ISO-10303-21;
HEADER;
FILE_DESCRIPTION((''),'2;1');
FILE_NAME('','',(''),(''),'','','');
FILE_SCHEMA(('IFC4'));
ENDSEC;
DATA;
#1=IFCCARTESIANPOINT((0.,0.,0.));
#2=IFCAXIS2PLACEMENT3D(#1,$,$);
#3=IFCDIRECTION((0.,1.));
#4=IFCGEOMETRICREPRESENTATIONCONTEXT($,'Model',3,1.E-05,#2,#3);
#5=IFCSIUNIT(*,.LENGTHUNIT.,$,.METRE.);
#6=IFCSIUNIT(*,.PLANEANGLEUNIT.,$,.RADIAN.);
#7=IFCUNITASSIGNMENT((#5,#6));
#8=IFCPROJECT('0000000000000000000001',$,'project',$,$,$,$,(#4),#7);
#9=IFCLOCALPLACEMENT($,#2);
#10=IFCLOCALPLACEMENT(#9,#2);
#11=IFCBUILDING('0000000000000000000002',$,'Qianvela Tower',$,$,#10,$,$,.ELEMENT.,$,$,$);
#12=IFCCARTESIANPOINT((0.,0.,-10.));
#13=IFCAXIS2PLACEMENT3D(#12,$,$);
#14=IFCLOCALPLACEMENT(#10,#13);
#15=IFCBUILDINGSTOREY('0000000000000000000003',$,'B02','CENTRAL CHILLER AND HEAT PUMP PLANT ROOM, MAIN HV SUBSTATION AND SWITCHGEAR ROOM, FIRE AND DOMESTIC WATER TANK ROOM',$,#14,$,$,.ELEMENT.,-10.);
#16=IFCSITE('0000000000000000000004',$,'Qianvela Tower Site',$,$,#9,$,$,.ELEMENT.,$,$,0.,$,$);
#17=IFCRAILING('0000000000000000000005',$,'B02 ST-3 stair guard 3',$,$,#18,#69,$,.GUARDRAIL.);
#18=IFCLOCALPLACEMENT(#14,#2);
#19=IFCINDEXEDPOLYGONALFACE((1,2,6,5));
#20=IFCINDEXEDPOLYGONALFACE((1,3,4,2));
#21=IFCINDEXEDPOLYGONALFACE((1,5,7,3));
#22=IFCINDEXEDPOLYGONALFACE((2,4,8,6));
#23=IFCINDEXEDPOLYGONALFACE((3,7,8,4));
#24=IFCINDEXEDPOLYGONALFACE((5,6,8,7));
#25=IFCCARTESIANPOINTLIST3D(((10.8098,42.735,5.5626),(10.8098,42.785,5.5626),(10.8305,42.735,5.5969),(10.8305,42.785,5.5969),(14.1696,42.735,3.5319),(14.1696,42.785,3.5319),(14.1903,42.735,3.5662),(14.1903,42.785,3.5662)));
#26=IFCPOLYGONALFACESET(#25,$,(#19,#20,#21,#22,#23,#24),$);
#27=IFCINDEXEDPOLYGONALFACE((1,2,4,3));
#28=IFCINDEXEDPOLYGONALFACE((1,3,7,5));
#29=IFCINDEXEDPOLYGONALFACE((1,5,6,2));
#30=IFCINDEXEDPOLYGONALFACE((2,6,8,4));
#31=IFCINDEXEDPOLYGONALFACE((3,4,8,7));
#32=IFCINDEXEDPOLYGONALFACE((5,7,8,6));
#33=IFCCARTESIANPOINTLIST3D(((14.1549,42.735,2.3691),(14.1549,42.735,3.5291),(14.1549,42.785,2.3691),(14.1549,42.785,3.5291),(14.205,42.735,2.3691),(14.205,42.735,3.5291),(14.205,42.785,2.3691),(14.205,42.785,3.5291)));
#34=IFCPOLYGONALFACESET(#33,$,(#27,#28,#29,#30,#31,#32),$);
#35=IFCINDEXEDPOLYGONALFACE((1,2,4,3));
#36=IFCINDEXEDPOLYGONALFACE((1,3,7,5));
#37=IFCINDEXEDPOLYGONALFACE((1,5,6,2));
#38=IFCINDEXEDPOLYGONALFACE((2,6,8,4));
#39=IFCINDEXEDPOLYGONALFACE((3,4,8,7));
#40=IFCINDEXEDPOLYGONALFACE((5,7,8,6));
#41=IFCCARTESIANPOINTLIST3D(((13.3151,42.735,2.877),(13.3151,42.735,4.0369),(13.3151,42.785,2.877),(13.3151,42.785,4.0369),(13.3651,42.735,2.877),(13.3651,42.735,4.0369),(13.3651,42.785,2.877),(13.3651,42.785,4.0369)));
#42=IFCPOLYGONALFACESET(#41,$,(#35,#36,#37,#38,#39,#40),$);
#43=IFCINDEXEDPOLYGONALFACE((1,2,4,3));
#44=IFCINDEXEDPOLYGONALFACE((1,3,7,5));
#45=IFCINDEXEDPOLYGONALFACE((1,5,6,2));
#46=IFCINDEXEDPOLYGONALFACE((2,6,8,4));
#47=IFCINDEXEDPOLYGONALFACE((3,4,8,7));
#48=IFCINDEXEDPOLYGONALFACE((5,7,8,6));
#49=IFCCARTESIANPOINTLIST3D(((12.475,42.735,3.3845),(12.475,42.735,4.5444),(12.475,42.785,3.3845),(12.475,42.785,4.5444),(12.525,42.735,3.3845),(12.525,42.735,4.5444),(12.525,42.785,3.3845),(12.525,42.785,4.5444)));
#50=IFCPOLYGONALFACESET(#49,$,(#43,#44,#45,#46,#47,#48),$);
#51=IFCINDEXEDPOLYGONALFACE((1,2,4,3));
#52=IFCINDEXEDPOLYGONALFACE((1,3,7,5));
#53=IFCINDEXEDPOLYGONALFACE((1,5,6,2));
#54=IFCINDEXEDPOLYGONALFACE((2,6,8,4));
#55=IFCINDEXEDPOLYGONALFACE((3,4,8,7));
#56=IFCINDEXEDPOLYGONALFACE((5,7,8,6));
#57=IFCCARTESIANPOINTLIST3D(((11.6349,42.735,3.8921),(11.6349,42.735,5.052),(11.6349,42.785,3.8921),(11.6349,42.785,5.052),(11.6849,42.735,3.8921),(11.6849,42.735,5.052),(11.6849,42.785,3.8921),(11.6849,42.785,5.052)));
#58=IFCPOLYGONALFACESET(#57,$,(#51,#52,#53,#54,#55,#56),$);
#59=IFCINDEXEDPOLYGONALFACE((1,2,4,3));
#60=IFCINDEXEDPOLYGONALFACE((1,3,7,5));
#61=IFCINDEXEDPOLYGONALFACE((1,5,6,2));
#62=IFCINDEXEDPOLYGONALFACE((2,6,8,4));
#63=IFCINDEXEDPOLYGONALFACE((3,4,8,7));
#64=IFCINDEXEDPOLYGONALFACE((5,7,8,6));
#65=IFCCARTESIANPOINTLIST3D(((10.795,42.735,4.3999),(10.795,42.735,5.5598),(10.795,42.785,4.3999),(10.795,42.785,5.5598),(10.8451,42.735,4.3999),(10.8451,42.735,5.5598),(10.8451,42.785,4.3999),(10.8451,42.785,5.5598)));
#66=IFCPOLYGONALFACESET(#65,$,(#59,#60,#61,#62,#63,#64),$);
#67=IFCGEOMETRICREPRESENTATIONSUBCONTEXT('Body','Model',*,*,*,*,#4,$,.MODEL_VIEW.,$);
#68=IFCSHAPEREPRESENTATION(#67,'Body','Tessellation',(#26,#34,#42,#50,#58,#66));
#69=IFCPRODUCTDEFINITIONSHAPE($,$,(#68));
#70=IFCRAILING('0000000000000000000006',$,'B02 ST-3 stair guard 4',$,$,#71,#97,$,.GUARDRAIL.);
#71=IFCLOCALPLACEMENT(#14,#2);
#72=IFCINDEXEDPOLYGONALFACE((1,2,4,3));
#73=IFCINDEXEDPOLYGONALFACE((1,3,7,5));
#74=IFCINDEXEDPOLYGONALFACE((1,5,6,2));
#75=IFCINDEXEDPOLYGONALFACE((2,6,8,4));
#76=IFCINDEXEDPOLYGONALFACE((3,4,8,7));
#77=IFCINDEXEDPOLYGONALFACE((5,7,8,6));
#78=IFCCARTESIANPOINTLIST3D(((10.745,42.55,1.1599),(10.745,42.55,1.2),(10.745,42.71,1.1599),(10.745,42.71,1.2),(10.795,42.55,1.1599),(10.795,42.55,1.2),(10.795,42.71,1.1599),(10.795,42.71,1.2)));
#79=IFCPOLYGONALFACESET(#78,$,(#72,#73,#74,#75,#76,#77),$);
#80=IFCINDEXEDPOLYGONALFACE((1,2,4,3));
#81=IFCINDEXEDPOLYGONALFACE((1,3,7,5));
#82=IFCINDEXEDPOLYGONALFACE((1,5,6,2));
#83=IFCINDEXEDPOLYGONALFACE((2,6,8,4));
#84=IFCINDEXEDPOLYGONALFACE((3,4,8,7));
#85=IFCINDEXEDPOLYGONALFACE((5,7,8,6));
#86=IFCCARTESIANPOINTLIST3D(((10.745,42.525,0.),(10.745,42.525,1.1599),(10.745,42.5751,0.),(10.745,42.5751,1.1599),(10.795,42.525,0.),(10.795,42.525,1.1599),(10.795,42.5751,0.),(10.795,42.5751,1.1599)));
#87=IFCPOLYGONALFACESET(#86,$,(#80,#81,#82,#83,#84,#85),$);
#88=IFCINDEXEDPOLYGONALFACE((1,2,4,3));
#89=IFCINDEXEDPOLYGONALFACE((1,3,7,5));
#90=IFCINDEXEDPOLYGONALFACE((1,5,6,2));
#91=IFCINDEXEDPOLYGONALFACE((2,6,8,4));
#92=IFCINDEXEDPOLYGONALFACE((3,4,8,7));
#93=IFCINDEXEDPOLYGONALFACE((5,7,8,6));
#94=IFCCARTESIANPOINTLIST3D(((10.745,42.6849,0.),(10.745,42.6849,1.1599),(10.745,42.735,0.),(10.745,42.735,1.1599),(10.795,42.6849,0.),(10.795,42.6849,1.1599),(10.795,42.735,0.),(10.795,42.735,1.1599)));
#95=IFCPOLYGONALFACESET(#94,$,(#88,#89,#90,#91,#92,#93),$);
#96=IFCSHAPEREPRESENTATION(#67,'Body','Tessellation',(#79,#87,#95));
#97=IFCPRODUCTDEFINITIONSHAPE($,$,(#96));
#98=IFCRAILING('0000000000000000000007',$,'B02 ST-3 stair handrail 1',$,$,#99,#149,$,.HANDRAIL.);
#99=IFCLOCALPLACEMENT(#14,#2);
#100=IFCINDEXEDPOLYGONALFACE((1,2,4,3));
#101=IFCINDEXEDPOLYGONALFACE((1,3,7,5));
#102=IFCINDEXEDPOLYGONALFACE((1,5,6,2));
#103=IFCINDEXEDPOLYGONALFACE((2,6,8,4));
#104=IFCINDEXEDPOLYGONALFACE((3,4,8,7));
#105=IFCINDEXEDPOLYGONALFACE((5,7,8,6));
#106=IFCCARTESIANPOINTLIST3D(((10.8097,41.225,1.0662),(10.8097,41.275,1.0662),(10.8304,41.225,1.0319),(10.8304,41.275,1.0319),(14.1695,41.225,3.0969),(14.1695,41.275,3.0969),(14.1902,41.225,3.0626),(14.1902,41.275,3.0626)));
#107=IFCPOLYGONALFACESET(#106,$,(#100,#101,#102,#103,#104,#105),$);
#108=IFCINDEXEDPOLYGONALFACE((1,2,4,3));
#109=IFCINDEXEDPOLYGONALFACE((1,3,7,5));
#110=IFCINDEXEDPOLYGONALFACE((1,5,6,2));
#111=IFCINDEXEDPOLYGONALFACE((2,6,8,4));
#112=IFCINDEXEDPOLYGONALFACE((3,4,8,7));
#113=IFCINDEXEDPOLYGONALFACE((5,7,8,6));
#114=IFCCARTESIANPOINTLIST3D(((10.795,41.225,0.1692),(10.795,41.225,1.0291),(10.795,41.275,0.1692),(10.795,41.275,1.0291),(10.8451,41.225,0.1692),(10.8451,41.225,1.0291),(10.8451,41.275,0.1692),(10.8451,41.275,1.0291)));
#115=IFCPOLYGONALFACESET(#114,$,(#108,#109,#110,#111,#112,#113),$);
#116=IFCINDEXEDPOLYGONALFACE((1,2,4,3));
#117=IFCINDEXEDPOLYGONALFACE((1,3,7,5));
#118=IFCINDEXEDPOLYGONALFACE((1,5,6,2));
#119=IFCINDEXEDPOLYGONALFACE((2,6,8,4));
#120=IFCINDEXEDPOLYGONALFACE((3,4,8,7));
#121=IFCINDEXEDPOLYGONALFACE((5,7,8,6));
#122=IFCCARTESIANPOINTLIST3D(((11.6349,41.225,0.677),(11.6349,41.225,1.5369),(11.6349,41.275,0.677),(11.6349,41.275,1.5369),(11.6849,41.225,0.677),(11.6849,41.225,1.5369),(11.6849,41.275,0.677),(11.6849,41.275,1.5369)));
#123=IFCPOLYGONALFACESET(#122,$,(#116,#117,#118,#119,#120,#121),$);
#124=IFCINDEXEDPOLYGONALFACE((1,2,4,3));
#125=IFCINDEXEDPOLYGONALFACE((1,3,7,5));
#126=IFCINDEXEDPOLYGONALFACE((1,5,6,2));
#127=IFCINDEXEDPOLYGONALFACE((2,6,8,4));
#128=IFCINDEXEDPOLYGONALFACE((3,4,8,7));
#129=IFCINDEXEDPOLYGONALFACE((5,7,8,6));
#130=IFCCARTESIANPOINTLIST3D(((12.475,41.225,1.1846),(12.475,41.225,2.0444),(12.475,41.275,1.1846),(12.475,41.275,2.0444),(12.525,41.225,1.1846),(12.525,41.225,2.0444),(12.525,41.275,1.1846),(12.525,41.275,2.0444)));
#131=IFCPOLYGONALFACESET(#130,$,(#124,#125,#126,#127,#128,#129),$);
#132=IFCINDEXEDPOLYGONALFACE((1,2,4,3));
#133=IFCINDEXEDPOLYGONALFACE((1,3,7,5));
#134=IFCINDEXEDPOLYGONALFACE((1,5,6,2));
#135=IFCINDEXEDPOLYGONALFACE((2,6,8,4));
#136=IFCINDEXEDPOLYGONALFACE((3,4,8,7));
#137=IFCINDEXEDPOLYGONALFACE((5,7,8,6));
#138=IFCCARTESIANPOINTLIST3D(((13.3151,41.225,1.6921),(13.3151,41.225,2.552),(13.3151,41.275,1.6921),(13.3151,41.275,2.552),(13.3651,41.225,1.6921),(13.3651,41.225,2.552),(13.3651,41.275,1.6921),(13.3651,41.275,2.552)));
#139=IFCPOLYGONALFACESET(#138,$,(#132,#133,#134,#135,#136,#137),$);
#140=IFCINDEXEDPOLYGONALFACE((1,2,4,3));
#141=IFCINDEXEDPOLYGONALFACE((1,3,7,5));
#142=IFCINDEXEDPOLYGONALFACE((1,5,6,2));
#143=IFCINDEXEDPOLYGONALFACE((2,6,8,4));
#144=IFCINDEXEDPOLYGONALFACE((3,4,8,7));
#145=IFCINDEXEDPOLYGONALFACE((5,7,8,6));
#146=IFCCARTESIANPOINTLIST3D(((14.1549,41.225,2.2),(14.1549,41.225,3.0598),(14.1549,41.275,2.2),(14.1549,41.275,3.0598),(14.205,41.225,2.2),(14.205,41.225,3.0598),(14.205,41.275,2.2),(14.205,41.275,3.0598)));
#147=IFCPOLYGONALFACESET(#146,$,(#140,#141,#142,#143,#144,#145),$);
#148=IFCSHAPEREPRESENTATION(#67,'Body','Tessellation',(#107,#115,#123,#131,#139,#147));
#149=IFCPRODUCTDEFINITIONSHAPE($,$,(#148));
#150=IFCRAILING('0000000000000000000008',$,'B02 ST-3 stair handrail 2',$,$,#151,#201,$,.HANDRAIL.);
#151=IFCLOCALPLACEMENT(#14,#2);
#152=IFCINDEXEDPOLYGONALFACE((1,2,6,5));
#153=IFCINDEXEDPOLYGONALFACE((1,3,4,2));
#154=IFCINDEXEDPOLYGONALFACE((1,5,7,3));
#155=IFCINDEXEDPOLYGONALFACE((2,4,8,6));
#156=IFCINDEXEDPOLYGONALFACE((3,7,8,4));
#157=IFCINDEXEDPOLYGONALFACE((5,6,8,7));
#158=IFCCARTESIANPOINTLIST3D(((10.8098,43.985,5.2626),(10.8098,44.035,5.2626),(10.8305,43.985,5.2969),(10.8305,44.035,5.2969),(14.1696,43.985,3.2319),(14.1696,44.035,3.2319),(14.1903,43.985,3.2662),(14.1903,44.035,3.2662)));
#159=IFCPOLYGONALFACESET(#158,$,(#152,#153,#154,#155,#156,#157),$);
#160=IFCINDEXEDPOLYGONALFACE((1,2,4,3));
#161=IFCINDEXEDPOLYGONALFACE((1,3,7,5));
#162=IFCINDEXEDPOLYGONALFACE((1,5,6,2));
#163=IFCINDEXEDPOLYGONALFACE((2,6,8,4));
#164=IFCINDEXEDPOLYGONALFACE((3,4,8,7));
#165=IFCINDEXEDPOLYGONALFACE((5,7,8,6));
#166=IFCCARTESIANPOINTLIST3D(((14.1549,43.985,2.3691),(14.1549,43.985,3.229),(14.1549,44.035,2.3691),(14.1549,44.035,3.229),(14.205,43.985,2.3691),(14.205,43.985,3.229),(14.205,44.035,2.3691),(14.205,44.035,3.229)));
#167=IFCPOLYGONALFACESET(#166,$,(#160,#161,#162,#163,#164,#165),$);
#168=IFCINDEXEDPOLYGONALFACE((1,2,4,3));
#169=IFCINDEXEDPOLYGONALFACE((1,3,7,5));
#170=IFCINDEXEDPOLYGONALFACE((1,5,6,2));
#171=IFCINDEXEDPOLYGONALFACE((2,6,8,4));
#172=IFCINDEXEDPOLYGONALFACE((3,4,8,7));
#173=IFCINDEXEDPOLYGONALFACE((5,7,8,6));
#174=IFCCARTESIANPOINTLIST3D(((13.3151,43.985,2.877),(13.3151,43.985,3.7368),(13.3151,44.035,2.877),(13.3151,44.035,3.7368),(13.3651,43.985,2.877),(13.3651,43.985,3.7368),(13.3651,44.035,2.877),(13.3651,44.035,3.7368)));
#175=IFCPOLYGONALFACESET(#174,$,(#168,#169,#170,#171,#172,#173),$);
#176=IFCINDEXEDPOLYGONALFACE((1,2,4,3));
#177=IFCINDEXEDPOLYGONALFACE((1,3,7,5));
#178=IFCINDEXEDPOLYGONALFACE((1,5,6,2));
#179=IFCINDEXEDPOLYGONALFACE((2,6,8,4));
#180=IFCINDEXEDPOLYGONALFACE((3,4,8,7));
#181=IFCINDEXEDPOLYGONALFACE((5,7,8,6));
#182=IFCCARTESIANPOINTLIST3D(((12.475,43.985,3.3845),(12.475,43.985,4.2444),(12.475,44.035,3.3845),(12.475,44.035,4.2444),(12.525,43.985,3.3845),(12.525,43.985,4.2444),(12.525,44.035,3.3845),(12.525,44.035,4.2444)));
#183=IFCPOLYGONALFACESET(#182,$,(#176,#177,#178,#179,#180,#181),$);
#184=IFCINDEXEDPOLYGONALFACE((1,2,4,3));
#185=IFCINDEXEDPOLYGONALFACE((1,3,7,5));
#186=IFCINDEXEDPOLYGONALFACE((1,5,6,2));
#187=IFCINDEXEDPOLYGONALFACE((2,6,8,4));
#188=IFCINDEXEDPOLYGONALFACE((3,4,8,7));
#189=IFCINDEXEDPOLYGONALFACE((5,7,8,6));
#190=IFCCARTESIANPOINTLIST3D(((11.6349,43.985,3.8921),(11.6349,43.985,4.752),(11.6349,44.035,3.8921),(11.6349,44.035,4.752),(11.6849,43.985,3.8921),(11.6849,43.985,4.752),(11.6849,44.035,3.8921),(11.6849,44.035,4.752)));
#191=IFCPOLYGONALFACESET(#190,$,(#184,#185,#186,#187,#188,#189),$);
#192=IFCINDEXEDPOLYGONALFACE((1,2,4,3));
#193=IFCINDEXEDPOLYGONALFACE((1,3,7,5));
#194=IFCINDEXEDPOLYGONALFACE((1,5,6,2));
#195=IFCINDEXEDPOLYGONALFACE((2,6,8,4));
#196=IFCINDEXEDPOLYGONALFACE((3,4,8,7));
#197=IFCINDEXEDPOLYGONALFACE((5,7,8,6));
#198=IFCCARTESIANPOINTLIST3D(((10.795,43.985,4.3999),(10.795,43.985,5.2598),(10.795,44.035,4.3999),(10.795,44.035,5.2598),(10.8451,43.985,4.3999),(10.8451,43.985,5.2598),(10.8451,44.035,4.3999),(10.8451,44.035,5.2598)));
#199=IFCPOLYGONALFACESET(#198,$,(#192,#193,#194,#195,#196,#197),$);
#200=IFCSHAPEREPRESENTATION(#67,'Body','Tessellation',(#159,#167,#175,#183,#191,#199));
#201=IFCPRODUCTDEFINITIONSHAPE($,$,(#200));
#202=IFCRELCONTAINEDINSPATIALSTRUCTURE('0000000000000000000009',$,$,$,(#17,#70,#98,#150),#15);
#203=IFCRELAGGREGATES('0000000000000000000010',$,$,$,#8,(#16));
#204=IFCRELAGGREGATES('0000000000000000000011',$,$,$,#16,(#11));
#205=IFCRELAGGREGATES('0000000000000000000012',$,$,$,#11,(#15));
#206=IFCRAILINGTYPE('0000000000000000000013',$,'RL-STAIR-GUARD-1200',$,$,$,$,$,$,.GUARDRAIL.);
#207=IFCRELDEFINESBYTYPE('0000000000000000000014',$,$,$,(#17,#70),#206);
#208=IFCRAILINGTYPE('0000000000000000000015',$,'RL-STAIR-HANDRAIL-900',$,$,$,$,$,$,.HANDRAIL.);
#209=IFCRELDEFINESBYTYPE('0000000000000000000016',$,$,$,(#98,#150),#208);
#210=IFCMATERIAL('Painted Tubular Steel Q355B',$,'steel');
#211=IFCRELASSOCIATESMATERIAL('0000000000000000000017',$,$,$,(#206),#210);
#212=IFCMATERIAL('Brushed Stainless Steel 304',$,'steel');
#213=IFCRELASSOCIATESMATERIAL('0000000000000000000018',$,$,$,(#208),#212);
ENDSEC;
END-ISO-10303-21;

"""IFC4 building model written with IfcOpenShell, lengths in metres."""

from ifc_helpers import new_model, si_unit, direction, frame, origin, origin_2d, place, context, subcontext, project, spatial, rectangle, extrude, material, type_object, element, save


model = new_model("IFC4")

# Units and contexts
model_context = context("Model", 3, precision=1e-05, world=origin(), true_north=direction((0.0, 1.0)))
body_context = subcontext(model_context, "Body", "Model", "MODEL_VIEW")
ifc_project = project(units=[si_unit("LENGTHUNIT", "METRE"), si_unit("PLANEANGLEUNIT", "RADIAN")], contexts=[model_context])

# Site, building, storey
site_placement = place(None, origin())
site = spatial("IfcSite", under=ifc_project, at=site_placement, Name="Qianvela Tower Site", CompositionType="ELEMENT", RefElevation=0.0)
building_placement = place(site_placement, origin())
building = spatial("IfcBuilding", under=site, at=building_placement, Name="Qianvela Tower", CompositionType="ELEMENT")
storey_placement = place(building_placement, frame((0.0, 0.0, -10.0)))
storey = spatial("IfcBuildingStorey", under=building, at=storey_placement, Name="B02", Description="CENTRAL CHILLER AND HEAT PUMP PLANT ROOM, MAIN HV SUBSTATION AND SWITCHGEAR ROOM, FIRE AND DOMESTIC WATER TANK ROOM", CompositionType="ELEMENT", Elevation=-10.0)

# Railings
ifc_material_1 = material(Name="Painted Tubular Steel Q355B", Category="steel")
railing_type_1 = type_object("IfcRailingType", Name="RL-STAIR-GUARD-1200", PredefinedType="GUARDRAIL", material=ifc_material_1)
railing_1_placement = place(storey_placement, frame((14.1799, 42.76, 2.3691)))
element("IfcRailing", 1, at=railing_1_placement, inside=storey, type_object=railing_type_1, Name="B02 ST-3 stair guard 3", PredefinedType="GUARDRAIL", context=body_context, shape_type="SweptSolid", body=[
    extrude(rectangle(XDim=0.05, YDim=0.04, at=origin_2d()), frame((0.0, 0.0, 1.1799), z_axis=(-0.85582, 0.0, 0.517273), x_axis=(0.0, -1.0, 0.0)), (0.0, 0.0, 1.0), 3.9258),
    extrude(rectangle(XDim=0.05, YDim=0.05, at=origin_2d()), origin(), (0.0, 0.0, 1.0), 1.1599),
    extrude(rectangle(XDim=0.05, YDim=0.05, at=origin_2d()), frame((-0.8398, 0.0, 0.5078)), (0.0, 0.0, 1.0), 1.1599),
    extrude(rectangle(XDim=0.05, YDim=0.05, at=origin_2d()), frame((-1.6799, 0.0, 1.0154)), (0.0, 0.0, 1.0), 1.1599),
    extrude(rectangle(XDim=0.05, YDim=0.05, at=origin_2d()), frame((-2.52, 0.0, 1.5229)), (0.0, 0.0, 1.0), 1.1599),
    extrude(rectangle(XDim=0.05, YDim=0.05, at=origin_2d()), frame((-3.3599, 0.0, 2.0308)), (0.0, 0.0, 1.0), 1.1599),
])
railing_2_placement = place(storey_placement, frame((10.77, 42.55, 0.0)))
element("IfcRailing", 2, at=railing_2_placement, inside=storey, type_object=railing_type_1, Name="B02 ST-3 stair guard 4", PredefinedType="GUARDRAIL", context=body_context, shape_type="SweptSolid", body=[
    extrude(rectangle(XDim=0.05, YDim=0.04, at=origin_2d()), frame((0.0, 0.0, 1.1799), z_axis=(0.0, 1.0, 0.0), x_axis=(-1.0, 0.0, 0.0)), (0.0, 0.0, 1.0), 0.1599),
    extrude(rectangle(XDim=0.05, YDim=0.05, at=origin_2d()), origin(), (0.0, 0.0, 1.0), 1.1599),
    extrude(rectangle(XDim=0.05, YDim=0.05, at=origin_2d()), frame((0.0, 0.1599, 0.0)), (0.0, 0.0, 1.0), 1.1599),
])
ifc_material_2 = material(Name="Brushed Stainless Steel 304", Category="steel")
railing_type_2 = type_object("IfcRailingType", Name="RL-STAIR-HANDRAIL-900", PredefinedType="HANDRAIL", material=ifc_material_2)
railing_3_placement = place(storey_placement, frame((10.8201, 41.25, 0.1692)))
element("IfcRailing", 3, at=railing_3_placement, inside=storey, type_object=railing_type_2, Name="B02 ST-3 stair handrail 1", PredefinedType="HANDRAIL", context=body_context, shape_type="SweptSolid", body=[
    extrude(rectangle(XDim=0.05, YDim=0.04, at=origin_2d()), frame((0.0, 0.0, 0.8799), z_axis=(0.85582, 0.0, 0.517273), x_axis=(0.0, 1.0, 0.0)), (0.0, 0.0, 1.0), 3.9258),
    extrude(rectangle(XDim=0.05, YDim=0.05, at=origin_2d()), origin(), (0.0, 0.0, 1.0), 0.8599),
    extrude(rectangle(XDim=0.05, YDim=0.05, at=origin_2d()), frame((0.8398, 0.0, 0.5078)), (0.0, 0.0, 1.0), 0.8599),
    extrude(rectangle(XDim=0.05, YDim=0.05, at=origin_2d()), frame((1.6799, 0.0, 1.0154)), (0.0, 0.0, 1.0), 0.8599),
    extrude(rectangle(XDim=0.05, YDim=0.05, at=origin_2d()), frame((2.52, 0.0, 1.5229)), (0.0, 0.0, 1.0), 0.8599),
    extrude(rectangle(XDim=0.05, YDim=0.05, at=origin_2d()), frame((3.3599, 0.0, 2.0308)), (0.0, 0.0, 1.0), 0.8599),
])
railing_4_placement = place(storey_placement, frame((14.1799, 44.01, 2.3691)))
element("IfcRailing", 4, at=railing_4_placement, inside=storey, type_object=railing_type_2, Name="B02 ST-3 stair handrail 2", PredefinedType="HANDRAIL", context=body_context, shape_type="SweptSolid", body=[
    extrude(rectangle(XDim=0.05, YDim=0.04, at=origin_2d()), frame((0.0, 0.0, 0.8799), z_axis=(-0.85582, 0.0, 0.517273), x_axis=(0.0, -1.0, 0.0)), (0.0, 0.0, 1.0), 3.9258),
    extrude(rectangle(XDim=0.05, YDim=0.05, at=origin_2d()), origin(), (0.0, 0.0, 1.0), 0.8599),
    extrude(rectangle(XDim=0.05, YDim=0.05, at=origin_2d()), frame((-0.8398, 0.0, 0.5078)), (0.0, 0.0, 1.0), 0.8599),
    extrude(rectangle(XDim=0.05, YDim=0.05, at=origin_2d()), frame((-1.6799, 0.0, 1.0154)), (0.0, 0.0, 1.0), 0.8599),
    extrude(rectangle(XDim=0.05, YDim=0.05, at=origin_2d()), frame((-2.52, 0.0, 1.5229)), (0.0, 0.0, 1.0), 0.8599),
    extrude(rectangle(XDim=0.05, YDim=0.05, at=origin_2d()), frame((-3.3599, 0.0, 2.0308)), (0.0, 0.0, 1.0), 0.8599),
])

save(model, "model.ifc")
